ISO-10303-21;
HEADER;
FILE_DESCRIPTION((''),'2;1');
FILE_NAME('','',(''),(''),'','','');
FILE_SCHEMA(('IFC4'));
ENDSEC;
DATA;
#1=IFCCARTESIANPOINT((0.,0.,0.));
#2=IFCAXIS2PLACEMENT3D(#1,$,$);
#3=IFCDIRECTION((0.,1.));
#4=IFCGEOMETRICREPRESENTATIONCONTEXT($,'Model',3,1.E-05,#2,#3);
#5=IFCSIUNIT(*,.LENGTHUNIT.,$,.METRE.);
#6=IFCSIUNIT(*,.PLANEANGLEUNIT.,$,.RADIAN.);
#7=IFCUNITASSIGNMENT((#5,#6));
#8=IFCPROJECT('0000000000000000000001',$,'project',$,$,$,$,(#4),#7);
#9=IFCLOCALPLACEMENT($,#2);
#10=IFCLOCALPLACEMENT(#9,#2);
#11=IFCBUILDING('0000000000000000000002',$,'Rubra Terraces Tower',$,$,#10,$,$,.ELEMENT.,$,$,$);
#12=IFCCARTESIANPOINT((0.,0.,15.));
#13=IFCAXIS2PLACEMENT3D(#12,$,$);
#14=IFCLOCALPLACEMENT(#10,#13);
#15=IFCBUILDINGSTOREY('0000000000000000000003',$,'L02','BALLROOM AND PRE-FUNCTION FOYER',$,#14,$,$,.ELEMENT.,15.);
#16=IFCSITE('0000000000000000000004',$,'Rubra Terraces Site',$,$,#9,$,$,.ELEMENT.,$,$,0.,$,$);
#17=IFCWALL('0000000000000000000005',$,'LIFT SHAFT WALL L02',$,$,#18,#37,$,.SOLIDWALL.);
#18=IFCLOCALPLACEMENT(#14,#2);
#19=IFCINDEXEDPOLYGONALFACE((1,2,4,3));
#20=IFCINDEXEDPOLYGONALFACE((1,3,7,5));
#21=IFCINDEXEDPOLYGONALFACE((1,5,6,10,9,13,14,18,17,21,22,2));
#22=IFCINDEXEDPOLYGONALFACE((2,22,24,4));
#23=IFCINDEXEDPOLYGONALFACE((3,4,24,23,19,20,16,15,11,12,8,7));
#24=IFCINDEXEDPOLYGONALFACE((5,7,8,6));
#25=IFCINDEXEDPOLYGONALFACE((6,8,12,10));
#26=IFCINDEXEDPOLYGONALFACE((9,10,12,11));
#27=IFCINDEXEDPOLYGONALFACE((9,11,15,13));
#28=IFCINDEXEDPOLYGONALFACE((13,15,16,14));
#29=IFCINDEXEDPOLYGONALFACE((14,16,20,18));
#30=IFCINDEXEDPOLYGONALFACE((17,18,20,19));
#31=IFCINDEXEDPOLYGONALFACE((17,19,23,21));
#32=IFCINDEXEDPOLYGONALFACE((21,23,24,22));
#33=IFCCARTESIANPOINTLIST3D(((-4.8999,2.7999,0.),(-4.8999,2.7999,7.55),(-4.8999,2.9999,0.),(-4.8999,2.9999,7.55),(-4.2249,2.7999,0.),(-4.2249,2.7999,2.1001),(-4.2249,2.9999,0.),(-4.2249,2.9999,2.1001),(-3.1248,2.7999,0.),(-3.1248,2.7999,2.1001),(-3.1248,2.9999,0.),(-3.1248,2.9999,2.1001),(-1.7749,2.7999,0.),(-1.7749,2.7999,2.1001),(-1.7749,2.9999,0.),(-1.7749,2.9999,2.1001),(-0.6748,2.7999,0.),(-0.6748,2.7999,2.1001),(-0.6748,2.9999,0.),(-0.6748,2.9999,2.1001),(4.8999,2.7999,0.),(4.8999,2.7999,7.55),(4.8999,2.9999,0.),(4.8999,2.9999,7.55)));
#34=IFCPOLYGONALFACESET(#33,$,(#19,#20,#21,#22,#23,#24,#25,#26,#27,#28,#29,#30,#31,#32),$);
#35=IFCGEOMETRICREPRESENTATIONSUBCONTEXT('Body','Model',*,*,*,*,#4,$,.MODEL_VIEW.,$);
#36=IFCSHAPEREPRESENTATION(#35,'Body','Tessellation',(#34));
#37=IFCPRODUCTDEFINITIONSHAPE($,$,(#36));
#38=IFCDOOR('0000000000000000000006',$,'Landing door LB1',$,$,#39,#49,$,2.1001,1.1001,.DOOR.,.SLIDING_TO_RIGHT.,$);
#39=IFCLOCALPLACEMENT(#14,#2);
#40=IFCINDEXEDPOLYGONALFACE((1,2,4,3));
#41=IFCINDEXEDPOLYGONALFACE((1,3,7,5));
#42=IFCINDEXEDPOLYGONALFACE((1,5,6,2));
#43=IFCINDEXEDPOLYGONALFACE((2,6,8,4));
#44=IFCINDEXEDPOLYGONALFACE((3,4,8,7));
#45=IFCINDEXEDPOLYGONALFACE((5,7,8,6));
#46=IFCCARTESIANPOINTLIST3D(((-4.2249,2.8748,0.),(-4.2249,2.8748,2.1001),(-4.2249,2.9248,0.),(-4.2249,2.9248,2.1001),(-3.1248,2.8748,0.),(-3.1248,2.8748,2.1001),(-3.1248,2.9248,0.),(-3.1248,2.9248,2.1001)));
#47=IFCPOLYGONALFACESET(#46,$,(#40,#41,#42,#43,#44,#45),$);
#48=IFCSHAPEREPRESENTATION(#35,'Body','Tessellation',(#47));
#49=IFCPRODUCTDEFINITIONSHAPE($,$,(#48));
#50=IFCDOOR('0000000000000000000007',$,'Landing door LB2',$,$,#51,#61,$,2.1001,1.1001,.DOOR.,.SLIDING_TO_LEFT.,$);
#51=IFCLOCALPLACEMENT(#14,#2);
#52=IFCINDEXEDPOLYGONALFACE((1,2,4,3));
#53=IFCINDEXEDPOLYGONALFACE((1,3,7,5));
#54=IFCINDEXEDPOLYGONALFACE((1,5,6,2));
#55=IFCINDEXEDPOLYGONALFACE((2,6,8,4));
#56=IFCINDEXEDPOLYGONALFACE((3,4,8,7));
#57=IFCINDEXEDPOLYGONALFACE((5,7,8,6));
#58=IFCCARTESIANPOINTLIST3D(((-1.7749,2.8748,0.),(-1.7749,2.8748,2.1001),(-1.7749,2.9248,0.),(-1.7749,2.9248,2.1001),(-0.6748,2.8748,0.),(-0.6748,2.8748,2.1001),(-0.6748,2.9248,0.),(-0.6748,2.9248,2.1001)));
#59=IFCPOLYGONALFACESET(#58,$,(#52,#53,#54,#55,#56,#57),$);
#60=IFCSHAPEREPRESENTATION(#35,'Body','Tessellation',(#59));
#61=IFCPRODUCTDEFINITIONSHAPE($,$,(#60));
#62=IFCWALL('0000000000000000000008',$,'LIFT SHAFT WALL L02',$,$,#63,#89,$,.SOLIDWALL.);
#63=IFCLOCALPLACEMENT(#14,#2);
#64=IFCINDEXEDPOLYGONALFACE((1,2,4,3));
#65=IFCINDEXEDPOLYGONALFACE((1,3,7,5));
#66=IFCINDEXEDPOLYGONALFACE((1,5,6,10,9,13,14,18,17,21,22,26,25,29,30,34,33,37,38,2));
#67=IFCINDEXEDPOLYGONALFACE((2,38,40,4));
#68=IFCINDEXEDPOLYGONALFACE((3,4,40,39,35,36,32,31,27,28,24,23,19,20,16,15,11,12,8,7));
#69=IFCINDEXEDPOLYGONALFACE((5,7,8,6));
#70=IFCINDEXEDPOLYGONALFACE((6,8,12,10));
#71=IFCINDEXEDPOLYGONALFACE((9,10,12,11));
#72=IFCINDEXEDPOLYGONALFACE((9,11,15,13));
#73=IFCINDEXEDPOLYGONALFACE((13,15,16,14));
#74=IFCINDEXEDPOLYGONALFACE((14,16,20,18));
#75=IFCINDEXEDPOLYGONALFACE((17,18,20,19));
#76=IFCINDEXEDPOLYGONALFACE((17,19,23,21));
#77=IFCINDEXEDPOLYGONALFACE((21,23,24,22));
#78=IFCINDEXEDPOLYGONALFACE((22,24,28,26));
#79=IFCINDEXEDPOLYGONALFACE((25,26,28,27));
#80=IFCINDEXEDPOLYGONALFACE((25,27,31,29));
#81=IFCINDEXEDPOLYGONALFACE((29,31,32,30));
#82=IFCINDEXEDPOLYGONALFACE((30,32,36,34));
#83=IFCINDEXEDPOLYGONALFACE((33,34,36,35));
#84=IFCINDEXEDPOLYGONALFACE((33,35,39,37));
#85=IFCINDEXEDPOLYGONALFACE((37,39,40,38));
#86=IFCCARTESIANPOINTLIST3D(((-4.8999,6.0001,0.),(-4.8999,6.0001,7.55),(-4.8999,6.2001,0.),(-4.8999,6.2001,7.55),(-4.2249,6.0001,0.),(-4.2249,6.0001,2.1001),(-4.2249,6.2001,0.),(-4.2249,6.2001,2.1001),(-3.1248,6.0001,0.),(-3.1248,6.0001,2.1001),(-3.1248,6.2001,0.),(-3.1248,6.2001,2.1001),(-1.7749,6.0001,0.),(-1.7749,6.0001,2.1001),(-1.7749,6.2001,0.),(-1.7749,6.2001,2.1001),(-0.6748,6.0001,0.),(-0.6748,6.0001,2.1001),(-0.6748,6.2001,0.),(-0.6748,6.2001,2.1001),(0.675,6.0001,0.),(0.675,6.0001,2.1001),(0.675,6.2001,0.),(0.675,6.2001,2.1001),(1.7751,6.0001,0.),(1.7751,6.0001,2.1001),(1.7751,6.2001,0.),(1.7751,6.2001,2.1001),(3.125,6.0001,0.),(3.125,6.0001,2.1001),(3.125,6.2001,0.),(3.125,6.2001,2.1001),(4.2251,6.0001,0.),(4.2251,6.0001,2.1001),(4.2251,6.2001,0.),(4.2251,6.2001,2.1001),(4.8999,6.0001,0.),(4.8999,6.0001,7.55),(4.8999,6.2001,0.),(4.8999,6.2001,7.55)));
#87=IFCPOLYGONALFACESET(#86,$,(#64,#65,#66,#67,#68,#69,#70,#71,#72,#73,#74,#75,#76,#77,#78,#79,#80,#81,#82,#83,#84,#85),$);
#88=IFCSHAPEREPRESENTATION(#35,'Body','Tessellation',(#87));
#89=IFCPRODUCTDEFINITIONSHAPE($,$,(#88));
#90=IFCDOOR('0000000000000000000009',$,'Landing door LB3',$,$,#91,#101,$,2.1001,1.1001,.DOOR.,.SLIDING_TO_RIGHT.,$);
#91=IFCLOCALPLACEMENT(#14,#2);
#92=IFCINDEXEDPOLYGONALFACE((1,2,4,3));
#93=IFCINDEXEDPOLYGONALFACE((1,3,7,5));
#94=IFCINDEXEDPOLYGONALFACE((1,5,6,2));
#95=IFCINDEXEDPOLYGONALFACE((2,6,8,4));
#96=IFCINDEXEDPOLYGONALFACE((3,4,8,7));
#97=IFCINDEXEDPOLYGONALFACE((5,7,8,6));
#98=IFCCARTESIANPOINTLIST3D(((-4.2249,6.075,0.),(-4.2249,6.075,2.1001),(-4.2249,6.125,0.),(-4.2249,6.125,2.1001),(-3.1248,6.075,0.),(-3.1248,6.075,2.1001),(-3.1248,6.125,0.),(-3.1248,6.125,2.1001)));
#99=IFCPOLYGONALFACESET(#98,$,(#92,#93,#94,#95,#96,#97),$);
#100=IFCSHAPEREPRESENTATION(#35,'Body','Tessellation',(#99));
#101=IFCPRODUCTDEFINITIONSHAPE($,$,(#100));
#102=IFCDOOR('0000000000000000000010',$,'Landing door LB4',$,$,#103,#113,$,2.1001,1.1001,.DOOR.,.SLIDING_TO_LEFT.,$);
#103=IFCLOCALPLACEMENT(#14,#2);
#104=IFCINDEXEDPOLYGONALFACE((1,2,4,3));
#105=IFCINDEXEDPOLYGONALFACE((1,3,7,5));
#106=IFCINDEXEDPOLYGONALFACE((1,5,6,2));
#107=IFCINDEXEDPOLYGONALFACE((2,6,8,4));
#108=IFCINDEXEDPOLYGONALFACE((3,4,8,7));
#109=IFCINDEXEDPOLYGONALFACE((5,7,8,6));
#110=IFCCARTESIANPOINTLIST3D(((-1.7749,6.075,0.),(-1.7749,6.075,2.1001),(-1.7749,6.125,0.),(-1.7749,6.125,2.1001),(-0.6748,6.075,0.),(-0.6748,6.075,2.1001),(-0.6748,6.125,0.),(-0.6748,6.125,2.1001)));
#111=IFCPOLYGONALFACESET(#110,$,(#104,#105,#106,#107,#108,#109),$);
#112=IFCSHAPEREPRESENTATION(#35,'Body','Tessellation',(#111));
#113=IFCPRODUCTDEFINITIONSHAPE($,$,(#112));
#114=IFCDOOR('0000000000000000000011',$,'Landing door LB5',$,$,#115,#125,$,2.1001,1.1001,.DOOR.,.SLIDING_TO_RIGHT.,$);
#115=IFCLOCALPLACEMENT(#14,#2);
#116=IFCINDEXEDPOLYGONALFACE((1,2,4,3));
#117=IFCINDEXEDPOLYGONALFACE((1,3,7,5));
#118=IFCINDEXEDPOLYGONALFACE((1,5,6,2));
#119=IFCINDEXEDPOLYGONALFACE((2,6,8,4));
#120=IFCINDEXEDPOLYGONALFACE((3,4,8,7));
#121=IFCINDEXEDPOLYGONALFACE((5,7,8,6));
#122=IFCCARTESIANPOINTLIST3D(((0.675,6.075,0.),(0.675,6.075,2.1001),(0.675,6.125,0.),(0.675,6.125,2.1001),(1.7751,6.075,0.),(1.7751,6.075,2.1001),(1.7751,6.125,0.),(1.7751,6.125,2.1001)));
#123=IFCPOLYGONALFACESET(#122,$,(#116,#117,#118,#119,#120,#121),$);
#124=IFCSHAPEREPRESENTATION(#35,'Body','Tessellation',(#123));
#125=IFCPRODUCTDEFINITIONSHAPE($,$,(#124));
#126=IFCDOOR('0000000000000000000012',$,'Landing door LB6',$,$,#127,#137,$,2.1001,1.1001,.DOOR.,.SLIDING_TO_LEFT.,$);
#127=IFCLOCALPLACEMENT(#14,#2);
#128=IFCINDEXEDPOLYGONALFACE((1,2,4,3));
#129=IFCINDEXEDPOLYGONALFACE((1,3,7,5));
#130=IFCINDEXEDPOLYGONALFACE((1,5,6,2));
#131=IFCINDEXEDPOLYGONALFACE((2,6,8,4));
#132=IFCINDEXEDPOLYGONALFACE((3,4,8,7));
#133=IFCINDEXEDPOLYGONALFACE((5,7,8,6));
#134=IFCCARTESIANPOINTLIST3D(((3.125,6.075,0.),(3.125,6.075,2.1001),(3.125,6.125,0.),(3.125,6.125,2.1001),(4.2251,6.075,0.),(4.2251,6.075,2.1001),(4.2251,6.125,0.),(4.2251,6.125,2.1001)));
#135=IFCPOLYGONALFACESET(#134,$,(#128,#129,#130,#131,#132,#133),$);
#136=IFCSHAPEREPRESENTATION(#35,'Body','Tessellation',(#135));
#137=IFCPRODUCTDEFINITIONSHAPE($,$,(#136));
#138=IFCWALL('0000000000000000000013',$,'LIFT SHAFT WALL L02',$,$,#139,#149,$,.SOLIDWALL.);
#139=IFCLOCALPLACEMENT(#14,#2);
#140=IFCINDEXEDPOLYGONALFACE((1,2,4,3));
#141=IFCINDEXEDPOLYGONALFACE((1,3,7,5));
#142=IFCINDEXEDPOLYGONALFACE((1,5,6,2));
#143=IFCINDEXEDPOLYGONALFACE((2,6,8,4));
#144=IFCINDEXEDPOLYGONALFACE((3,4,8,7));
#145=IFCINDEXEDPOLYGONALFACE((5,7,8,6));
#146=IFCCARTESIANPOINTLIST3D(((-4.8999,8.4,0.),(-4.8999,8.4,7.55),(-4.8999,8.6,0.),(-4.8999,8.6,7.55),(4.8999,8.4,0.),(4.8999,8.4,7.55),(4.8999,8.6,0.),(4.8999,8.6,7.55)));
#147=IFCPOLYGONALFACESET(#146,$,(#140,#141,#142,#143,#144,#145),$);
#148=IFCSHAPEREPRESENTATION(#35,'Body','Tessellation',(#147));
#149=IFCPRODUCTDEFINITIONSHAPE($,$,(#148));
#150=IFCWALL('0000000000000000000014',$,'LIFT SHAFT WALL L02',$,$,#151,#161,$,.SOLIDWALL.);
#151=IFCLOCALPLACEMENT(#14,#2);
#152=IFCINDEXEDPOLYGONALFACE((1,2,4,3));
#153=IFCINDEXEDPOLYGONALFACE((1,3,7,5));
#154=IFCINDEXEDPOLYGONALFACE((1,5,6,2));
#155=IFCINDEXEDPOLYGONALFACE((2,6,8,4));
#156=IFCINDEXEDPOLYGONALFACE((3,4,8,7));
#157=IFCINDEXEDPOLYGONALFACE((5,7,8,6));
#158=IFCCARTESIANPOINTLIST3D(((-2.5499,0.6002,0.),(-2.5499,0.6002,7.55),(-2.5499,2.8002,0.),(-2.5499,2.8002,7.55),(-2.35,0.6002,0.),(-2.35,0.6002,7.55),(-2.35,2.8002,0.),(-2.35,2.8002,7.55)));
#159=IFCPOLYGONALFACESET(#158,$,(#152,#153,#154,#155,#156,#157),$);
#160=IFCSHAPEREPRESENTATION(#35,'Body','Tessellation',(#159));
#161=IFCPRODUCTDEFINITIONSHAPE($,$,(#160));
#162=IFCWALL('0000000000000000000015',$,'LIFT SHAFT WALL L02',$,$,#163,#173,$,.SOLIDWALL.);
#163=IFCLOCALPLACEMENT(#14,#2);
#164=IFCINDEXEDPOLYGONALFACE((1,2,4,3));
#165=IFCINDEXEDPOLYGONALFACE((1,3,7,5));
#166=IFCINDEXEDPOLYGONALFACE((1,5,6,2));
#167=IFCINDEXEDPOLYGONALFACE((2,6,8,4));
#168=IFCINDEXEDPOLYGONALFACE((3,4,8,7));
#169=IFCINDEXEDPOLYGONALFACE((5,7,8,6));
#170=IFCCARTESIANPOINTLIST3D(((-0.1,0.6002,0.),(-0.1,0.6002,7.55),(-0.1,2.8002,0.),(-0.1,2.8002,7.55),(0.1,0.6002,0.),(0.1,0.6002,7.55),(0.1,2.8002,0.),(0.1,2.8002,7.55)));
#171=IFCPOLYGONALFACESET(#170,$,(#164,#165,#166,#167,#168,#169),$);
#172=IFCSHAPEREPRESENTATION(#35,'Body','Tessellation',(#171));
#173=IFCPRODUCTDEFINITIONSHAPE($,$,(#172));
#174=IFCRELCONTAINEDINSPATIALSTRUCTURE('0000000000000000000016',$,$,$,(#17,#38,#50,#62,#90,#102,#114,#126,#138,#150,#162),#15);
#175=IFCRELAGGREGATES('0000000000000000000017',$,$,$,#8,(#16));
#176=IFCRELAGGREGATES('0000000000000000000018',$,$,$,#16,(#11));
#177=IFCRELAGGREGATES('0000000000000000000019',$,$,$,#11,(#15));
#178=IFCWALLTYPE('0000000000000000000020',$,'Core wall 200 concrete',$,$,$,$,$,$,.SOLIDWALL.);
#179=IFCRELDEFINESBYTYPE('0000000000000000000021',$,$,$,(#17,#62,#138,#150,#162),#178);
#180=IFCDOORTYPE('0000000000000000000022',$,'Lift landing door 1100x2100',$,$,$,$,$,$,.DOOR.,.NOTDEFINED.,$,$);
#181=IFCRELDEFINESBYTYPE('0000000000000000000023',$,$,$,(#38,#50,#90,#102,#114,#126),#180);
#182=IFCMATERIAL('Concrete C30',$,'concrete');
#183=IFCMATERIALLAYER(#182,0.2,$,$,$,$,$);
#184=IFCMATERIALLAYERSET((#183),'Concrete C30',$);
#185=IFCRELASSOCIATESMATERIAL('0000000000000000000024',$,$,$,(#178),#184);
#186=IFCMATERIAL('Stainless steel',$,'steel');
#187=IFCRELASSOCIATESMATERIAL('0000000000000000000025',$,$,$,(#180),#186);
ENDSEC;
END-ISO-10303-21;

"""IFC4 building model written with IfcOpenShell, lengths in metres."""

from ifc_helpers import new_model, si_unit, direction, frame, frame_2d, origin, place, context, subcontext, project, spatial, rectangle, extrude, material, layer, layer_set, type_object, element, fill, save


model = new_model("IFC4")

# Units and contexts
model_context = context("Model", 3, precision=1e-05, world=origin(), true_north=direction((0.0, 1.0)))
body_context = subcontext(model_context, "Body", "Model", "MODEL_VIEW")
ifc_project = project(units=[si_unit("LENGTHUNIT", "METRE"), si_unit("PLANEANGLEUNIT", "RADIAN")], contexts=[model_context])

# Site, building, storey
site_placement = place(None, origin())
site = spatial("IfcSite", under=ifc_project, at=site_placement, Name="Rubra Terraces Site", CompositionType="ELEMENT", RefElevation=0.0)
building_placement = place(site_placement, origin())
building = spatial("IfcBuilding", under=site, at=building_placement, Name="Rubra Terraces Tower", CompositionType="ELEMENT")
storey_placement = place(building_placement, frame((0.0, 0.0, 15.0)))
storey = spatial("IfcBuildingStorey", under=building, at=storey_placement, Name="L02", Description="BALLROOM AND PRE-FUNCTION FOYER", CompositionType="ELEMENT", Elevation=15.0)

# Shared definitions
ifc_material_1 = material(Name="Concrete C30", Category="concrete")
ifc_layer_1 = layer(ifc_material_1, 0.2)
ifc_layer_set_1 = layer_set([ifc_layer_1], Name="Concrete C30")
wall_type_1 = type_object("IfcWallType", Name="Core wall 200 concrete", PredefinedType="SOLIDWALL", material=ifc_layer_set_1)

# Walls, openings, doors
wall_1_placement = place(storey_placement, frame((-4.8999, 2.8999, 0.0), z_axis=(0.0, 0.0, 1.0), x_axis=(1.0, 0.0, 0.0)))
wall_1 = element("IfcWall", 1, at=wall_1_placement, inside=storey, type_object=wall_type_1, Name="LIFT SHAFT WALL L02", PredefinedType="SOLIDWALL", context=body_context, shape_type="SweptSolid", body=[
    extrude(rectangle(XDim=9.7998, YDim=0.2, at=frame_2d((4.8999, 0.0))), origin(), (0.0, 0.0, 1.0), 7.55),
])
opening_1_placement = place(wall_1_placement, frame((0.675, 0.0, 0.0)))
opening_1 = element("IfcOpeningElement", 2, at=opening_1_placement, cuts=wall_1, PredefinedType="OPENING", context=body_context, shape_type="SweptSolid", body=[
    extrude(rectangle(XDim=1.1001, YDim=2.1001, at=frame_2d((0.55, 1.05))), frame((0.0, 0.1099, 0.0), z_axis=(0.0, -1.0, 0.0), x_axis=(1.0, 0.0, 0.0)), (0.0, 0.0, 1.0), 0.22),
])
opening_2_placement = place(wall_1_placement, frame((3.125, 0.0, 0.0)))
opening_2 = element("IfcOpeningElement", 3, at=opening_2_placement, cuts=wall_1, PredefinedType="OPENING", context=body_context, shape_type="SweptSolid", body=[
    extrude(rectangle(XDim=1.1001, YDim=2.1001, at=frame_2d((0.55, 1.05))), frame((0.0, 0.1099, 0.0), z_axis=(0.0, -1.0, 0.0), x_axis=(1.0, 0.0, 0.0)), (0.0, 0.0, 1.0), 0.22),
])
ifc_material_2 = material(Name="Stainless steel", Category="steel")
door_type = type_object("IfcDoorType", Name="Lift landing door 1100x2100", OperationType="NOTDEFINED", PredefinedType="DOOR", material=ifc_material_2)
door_1_placement = place(opening_1_placement, origin())
door_1 = element("IfcDoor", 4, at=door_1_placement, inside=storey, type_object=door_type, Name="Landing door LB1", OperationType="SLIDING_TO_RIGHT", OverallHeight=2.1001, OverallWidth=1.1001, PredefinedType="DOOR", context=body_context, shape_type="SweptSolid", body=[
    extrude(rectangle(XDim=1.1001, YDim=2.1001, at=frame_2d((0.55, 1.05))), frame((0.0, 0.0249, 0.0), z_axis=(0.0, -1.0, 0.0), x_axis=(1.0, 0.0, 0.0)), (0.0, 0.0, 1.0), 0.05),
])
fill(opening_1, door_1)
door_2_placement = place(opening_2_placement, origin())
door_2 = element("IfcDoor", 5, at=door_2_placement, inside=storey, type_object=door_type, Name="Landing door LB2", OperationType="SLIDING_TO_LEFT", OverallHeight=2.1001, OverallWidth=1.1001, PredefinedType="DOOR", context=body_context, shape_type="SweptSolid", body=[
    extrude(rectangle(XDim=1.1001, YDim=2.1001, at=frame_2d((0.55, 1.05))), frame((0.0, 0.0249, 0.0), z_axis=(0.0, -1.0, 0.0), x_axis=(1.0, 0.0, 0.0)), (0.0, 0.0, 1.0), 0.05),
])
fill(opening_2, door_2)
wall_2_placement = place(storey_placement, frame((-4.8999, 6.1001, 0.0), z_axis=(0.0, 0.0, 1.0), x_axis=(1.0, 0.0, 0.0)))
wall_2 = element("IfcWall", 6, at=wall_2_placement, inside=storey, type_object=wall_type_1, Name="LIFT SHAFT WALL L02", PredefinedType="SOLIDWALL", context=body_context, shape_type="SweptSolid", body=[
    extrude(rectangle(XDim=9.7998, YDim=0.2, at=frame_2d((4.8999, 0.0))), origin(), (0.0, 0.0, 1.0), 7.55),
])
opening_3_placement = place(wall_2_placement, frame((0.675, 0.0, 0.0)))
opening_3 = element("IfcOpeningElement", 7, at=opening_3_placement, cuts=wall_2, PredefinedType="OPENING", context=body_context, shape_type="SweptSolid", body=[
    extrude(rectangle(XDim=1.1001, YDim=2.1001, at=frame_2d((0.55, 1.05))), frame((0.0, 0.1099, 0.0), z_axis=(0.0, -1.0, 0.0), x_axis=(1.0, 0.0, 0.0)), (0.0, 0.0, 1.0), 0.22),
])
opening_4_placement = place(wall_2_placement, frame((3.125, 0.0, 0.0)))
opening_4 = element("IfcOpeningElement", 8, at=opening_4_placement, cuts=wall_2, PredefinedType="OPENING", context=body_context, shape_type="SweptSolid", body=[
    extrude(rectangle(XDim=1.1001, YDim=2.1001, at=frame_2d((0.55, 1.05))), frame((0.0, 0.1099, 0.0), z_axis=(0.0, -1.0, 0.0), x_axis=(1.0, 0.0, 0.0)), (0.0, 0.0, 1.0), 0.22),
])
opening_5_placement = place(wall_2_placement, frame((5.575, 0.0, 0.0)))
opening_5 = element("IfcOpeningElement", 9, at=opening_5_placement, cuts=wall_2, PredefinedType="OPENING", context=body_context, shape_type="SweptSolid", body=[
    extrude(rectangle(XDim=1.1001, YDim=2.1001, at=frame_2d((0.55, 1.05))), frame((0.0, 0.1099, 0.0), z_axis=(0.0, -1.0, 0.0), x_axis=(1.0, 0.0, 0.0)), (0.0, 0.0, 1.0), 0.22),
])
opening_6_placement = place(wall_2_placement, frame((8.0249, 0.0, 0.0)))
opening_6 = element("IfcOpeningElement", 10, at=opening_6_placement, cuts=wall_2, PredefinedType="OPENING", context=body_context, shape_type="SweptSolid", body=[
    extrude(rectangle(XDim=1.1001, YDim=2.1001, at=frame_2d((0.55, 1.05))), frame((0.0, 0.1099, 0.0), z_axis=(0.0, -1.0, 0.0), x_axis=(1.0, 0.0, 0.0)), (0.0, 0.0, 1.0), 0.22),
])
door_3_placement = place(opening_3_placement, origin())
door_3 = element("IfcDoor", 11, at=door_3_placement, inside=storey, type_object=door_type, Name="Landing door LB3", OperationType="SLIDING_TO_RIGHT", OverallHeight=2.1001, OverallWidth=1.1001, PredefinedType="DOOR", context=body_context, shape_type="SweptSolid", body=[
    extrude(rectangle(XDim=1.1001, YDim=2.1001, at=frame_2d((0.55, 1.05))), frame((0.0, 0.0249, 0.0), z_axis=(0.0, -1.0, 0.0), x_axis=(1.0, 0.0, 0.0)), (0.0, 0.0, 1.0), 0.05),
])
fill(opening_3, door_3)
door_4_placement = place(opening_4_placement, origin())
door_4 = element("IfcDoor", 12, at=door_4_placement, inside=storey, type_object=door_type, Name="Landing door LB4", OperationType="SLIDING_TO_LEFT", OverallHeight=2.1001, OverallWidth=1.1001, PredefinedType="DOOR", context=body_context, shape_type="SweptSolid", body=[
    extrude(rectangle(XDim=1.1001, YDim=2.1001, at=frame_2d((0.55, 1.05))), frame((0.0, 0.0249, 0.0), z_axis=(0.0, -1.0, 0.0), x_axis=(1.0, 0.0, 0.0)), (0.0, 0.0, 1.0), 0.05),
])
fill(opening_4, door_4)
door_5_placement = place(opening_5_placement, origin())
door_5 = element("IfcDoor", 13, at=door_5_placement, inside=storey, type_object=door_type, Name="Landing door LB5", OperationType="SLIDING_TO_RIGHT", OverallHeight=2.1001, OverallWidth=1.1001, PredefinedType="DOOR", context=body_context, shape_type="SweptSolid", body=[
    extrude(rectangle(XDim=1.1001, YDim=2.1001, at=frame_2d((0.55, 1.05))), frame((0.0, 0.0249, 0.0), z_axis=(0.0, -1.0, 0.0), x_axis=(1.0, 0.0, 0.0)), (0.0, 0.0, 1.0), 0.05),
])
fill(opening_5, door_5)
door_6_placement = place(opening_6_placement, origin())
door_6 = element("IfcDoor", 14, at=door_6_placement, inside=storey, type_object=door_type, Name="Landing door LB6", OperationType="SLIDING_TO_LEFT", OverallHeight=2.1001, OverallWidth=1.1001, PredefinedType="DOOR", context=body_context, shape_type="SweptSolid", body=[
    extrude(rectangle(XDim=1.1001, YDim=2.1001, at=frame_2d((0.55, 1.05))), frame((0.0, 0.0249, 0.0), z_axis=(0.0, -1.0, 0.0), x_axis=(1.0, 0.0, 0.0)), (0.0, 0.0, 1.0), 0.05),
])
fill(opening_6, door_6)

# Walls
wall_3_placement = place(storey_placement, frame((-4.8999, 8.5, 0.0), z_axis=(0.0, 0.0, 1.0), x_axis=(1.0, 0.0, 0.0)))
element("IfcWall", 15, at=wall_3_placement, inside=storey, type_object=wall_type_1, Name="LIFT SHAFT WALL L02", PredefinedType="SOLIDWALL", context=body_context, shape_type="SweptSolid", body=[
    extrude(rectangle(XDim=9.7998, YDim=0.2, at=frame_2d((4.8999, 0.0))), origin(), (0.0, 0.0, 1.0), 7.55),
])
for number, where, z_axis, x_axis, name in (
    (16, (-2.45, 0.6001, 0.0), (0.0, 0.0, 1.0), (0.0, 1.0, 0.0), "LIFT SHAFT WALL L02"),
    (17, (0.0, 0.6001, 0.0), (0.0, 0.0, 1.0), (0.0, 1.0, 0.0), "LIFT SHAFT WALL L02"),
):
    element("IfcWall", number, at=place(storey_placement, frame(where, z_axis=z_axis, x_axis=x_axis)), inside=storey, type_object=wall_type_1, Name=name, PredefinedType="SOLIDWALL", context=body_context, shape_type="SweptSolid", body=[
        extrude(rectangle(XDim=2.2, YDim=0.2, at=frame_2d((1.1001, 0.0))), origin(), (0.0, 0.0, 1.0), 7.55),
    ])

save(model, "model.ifc")
